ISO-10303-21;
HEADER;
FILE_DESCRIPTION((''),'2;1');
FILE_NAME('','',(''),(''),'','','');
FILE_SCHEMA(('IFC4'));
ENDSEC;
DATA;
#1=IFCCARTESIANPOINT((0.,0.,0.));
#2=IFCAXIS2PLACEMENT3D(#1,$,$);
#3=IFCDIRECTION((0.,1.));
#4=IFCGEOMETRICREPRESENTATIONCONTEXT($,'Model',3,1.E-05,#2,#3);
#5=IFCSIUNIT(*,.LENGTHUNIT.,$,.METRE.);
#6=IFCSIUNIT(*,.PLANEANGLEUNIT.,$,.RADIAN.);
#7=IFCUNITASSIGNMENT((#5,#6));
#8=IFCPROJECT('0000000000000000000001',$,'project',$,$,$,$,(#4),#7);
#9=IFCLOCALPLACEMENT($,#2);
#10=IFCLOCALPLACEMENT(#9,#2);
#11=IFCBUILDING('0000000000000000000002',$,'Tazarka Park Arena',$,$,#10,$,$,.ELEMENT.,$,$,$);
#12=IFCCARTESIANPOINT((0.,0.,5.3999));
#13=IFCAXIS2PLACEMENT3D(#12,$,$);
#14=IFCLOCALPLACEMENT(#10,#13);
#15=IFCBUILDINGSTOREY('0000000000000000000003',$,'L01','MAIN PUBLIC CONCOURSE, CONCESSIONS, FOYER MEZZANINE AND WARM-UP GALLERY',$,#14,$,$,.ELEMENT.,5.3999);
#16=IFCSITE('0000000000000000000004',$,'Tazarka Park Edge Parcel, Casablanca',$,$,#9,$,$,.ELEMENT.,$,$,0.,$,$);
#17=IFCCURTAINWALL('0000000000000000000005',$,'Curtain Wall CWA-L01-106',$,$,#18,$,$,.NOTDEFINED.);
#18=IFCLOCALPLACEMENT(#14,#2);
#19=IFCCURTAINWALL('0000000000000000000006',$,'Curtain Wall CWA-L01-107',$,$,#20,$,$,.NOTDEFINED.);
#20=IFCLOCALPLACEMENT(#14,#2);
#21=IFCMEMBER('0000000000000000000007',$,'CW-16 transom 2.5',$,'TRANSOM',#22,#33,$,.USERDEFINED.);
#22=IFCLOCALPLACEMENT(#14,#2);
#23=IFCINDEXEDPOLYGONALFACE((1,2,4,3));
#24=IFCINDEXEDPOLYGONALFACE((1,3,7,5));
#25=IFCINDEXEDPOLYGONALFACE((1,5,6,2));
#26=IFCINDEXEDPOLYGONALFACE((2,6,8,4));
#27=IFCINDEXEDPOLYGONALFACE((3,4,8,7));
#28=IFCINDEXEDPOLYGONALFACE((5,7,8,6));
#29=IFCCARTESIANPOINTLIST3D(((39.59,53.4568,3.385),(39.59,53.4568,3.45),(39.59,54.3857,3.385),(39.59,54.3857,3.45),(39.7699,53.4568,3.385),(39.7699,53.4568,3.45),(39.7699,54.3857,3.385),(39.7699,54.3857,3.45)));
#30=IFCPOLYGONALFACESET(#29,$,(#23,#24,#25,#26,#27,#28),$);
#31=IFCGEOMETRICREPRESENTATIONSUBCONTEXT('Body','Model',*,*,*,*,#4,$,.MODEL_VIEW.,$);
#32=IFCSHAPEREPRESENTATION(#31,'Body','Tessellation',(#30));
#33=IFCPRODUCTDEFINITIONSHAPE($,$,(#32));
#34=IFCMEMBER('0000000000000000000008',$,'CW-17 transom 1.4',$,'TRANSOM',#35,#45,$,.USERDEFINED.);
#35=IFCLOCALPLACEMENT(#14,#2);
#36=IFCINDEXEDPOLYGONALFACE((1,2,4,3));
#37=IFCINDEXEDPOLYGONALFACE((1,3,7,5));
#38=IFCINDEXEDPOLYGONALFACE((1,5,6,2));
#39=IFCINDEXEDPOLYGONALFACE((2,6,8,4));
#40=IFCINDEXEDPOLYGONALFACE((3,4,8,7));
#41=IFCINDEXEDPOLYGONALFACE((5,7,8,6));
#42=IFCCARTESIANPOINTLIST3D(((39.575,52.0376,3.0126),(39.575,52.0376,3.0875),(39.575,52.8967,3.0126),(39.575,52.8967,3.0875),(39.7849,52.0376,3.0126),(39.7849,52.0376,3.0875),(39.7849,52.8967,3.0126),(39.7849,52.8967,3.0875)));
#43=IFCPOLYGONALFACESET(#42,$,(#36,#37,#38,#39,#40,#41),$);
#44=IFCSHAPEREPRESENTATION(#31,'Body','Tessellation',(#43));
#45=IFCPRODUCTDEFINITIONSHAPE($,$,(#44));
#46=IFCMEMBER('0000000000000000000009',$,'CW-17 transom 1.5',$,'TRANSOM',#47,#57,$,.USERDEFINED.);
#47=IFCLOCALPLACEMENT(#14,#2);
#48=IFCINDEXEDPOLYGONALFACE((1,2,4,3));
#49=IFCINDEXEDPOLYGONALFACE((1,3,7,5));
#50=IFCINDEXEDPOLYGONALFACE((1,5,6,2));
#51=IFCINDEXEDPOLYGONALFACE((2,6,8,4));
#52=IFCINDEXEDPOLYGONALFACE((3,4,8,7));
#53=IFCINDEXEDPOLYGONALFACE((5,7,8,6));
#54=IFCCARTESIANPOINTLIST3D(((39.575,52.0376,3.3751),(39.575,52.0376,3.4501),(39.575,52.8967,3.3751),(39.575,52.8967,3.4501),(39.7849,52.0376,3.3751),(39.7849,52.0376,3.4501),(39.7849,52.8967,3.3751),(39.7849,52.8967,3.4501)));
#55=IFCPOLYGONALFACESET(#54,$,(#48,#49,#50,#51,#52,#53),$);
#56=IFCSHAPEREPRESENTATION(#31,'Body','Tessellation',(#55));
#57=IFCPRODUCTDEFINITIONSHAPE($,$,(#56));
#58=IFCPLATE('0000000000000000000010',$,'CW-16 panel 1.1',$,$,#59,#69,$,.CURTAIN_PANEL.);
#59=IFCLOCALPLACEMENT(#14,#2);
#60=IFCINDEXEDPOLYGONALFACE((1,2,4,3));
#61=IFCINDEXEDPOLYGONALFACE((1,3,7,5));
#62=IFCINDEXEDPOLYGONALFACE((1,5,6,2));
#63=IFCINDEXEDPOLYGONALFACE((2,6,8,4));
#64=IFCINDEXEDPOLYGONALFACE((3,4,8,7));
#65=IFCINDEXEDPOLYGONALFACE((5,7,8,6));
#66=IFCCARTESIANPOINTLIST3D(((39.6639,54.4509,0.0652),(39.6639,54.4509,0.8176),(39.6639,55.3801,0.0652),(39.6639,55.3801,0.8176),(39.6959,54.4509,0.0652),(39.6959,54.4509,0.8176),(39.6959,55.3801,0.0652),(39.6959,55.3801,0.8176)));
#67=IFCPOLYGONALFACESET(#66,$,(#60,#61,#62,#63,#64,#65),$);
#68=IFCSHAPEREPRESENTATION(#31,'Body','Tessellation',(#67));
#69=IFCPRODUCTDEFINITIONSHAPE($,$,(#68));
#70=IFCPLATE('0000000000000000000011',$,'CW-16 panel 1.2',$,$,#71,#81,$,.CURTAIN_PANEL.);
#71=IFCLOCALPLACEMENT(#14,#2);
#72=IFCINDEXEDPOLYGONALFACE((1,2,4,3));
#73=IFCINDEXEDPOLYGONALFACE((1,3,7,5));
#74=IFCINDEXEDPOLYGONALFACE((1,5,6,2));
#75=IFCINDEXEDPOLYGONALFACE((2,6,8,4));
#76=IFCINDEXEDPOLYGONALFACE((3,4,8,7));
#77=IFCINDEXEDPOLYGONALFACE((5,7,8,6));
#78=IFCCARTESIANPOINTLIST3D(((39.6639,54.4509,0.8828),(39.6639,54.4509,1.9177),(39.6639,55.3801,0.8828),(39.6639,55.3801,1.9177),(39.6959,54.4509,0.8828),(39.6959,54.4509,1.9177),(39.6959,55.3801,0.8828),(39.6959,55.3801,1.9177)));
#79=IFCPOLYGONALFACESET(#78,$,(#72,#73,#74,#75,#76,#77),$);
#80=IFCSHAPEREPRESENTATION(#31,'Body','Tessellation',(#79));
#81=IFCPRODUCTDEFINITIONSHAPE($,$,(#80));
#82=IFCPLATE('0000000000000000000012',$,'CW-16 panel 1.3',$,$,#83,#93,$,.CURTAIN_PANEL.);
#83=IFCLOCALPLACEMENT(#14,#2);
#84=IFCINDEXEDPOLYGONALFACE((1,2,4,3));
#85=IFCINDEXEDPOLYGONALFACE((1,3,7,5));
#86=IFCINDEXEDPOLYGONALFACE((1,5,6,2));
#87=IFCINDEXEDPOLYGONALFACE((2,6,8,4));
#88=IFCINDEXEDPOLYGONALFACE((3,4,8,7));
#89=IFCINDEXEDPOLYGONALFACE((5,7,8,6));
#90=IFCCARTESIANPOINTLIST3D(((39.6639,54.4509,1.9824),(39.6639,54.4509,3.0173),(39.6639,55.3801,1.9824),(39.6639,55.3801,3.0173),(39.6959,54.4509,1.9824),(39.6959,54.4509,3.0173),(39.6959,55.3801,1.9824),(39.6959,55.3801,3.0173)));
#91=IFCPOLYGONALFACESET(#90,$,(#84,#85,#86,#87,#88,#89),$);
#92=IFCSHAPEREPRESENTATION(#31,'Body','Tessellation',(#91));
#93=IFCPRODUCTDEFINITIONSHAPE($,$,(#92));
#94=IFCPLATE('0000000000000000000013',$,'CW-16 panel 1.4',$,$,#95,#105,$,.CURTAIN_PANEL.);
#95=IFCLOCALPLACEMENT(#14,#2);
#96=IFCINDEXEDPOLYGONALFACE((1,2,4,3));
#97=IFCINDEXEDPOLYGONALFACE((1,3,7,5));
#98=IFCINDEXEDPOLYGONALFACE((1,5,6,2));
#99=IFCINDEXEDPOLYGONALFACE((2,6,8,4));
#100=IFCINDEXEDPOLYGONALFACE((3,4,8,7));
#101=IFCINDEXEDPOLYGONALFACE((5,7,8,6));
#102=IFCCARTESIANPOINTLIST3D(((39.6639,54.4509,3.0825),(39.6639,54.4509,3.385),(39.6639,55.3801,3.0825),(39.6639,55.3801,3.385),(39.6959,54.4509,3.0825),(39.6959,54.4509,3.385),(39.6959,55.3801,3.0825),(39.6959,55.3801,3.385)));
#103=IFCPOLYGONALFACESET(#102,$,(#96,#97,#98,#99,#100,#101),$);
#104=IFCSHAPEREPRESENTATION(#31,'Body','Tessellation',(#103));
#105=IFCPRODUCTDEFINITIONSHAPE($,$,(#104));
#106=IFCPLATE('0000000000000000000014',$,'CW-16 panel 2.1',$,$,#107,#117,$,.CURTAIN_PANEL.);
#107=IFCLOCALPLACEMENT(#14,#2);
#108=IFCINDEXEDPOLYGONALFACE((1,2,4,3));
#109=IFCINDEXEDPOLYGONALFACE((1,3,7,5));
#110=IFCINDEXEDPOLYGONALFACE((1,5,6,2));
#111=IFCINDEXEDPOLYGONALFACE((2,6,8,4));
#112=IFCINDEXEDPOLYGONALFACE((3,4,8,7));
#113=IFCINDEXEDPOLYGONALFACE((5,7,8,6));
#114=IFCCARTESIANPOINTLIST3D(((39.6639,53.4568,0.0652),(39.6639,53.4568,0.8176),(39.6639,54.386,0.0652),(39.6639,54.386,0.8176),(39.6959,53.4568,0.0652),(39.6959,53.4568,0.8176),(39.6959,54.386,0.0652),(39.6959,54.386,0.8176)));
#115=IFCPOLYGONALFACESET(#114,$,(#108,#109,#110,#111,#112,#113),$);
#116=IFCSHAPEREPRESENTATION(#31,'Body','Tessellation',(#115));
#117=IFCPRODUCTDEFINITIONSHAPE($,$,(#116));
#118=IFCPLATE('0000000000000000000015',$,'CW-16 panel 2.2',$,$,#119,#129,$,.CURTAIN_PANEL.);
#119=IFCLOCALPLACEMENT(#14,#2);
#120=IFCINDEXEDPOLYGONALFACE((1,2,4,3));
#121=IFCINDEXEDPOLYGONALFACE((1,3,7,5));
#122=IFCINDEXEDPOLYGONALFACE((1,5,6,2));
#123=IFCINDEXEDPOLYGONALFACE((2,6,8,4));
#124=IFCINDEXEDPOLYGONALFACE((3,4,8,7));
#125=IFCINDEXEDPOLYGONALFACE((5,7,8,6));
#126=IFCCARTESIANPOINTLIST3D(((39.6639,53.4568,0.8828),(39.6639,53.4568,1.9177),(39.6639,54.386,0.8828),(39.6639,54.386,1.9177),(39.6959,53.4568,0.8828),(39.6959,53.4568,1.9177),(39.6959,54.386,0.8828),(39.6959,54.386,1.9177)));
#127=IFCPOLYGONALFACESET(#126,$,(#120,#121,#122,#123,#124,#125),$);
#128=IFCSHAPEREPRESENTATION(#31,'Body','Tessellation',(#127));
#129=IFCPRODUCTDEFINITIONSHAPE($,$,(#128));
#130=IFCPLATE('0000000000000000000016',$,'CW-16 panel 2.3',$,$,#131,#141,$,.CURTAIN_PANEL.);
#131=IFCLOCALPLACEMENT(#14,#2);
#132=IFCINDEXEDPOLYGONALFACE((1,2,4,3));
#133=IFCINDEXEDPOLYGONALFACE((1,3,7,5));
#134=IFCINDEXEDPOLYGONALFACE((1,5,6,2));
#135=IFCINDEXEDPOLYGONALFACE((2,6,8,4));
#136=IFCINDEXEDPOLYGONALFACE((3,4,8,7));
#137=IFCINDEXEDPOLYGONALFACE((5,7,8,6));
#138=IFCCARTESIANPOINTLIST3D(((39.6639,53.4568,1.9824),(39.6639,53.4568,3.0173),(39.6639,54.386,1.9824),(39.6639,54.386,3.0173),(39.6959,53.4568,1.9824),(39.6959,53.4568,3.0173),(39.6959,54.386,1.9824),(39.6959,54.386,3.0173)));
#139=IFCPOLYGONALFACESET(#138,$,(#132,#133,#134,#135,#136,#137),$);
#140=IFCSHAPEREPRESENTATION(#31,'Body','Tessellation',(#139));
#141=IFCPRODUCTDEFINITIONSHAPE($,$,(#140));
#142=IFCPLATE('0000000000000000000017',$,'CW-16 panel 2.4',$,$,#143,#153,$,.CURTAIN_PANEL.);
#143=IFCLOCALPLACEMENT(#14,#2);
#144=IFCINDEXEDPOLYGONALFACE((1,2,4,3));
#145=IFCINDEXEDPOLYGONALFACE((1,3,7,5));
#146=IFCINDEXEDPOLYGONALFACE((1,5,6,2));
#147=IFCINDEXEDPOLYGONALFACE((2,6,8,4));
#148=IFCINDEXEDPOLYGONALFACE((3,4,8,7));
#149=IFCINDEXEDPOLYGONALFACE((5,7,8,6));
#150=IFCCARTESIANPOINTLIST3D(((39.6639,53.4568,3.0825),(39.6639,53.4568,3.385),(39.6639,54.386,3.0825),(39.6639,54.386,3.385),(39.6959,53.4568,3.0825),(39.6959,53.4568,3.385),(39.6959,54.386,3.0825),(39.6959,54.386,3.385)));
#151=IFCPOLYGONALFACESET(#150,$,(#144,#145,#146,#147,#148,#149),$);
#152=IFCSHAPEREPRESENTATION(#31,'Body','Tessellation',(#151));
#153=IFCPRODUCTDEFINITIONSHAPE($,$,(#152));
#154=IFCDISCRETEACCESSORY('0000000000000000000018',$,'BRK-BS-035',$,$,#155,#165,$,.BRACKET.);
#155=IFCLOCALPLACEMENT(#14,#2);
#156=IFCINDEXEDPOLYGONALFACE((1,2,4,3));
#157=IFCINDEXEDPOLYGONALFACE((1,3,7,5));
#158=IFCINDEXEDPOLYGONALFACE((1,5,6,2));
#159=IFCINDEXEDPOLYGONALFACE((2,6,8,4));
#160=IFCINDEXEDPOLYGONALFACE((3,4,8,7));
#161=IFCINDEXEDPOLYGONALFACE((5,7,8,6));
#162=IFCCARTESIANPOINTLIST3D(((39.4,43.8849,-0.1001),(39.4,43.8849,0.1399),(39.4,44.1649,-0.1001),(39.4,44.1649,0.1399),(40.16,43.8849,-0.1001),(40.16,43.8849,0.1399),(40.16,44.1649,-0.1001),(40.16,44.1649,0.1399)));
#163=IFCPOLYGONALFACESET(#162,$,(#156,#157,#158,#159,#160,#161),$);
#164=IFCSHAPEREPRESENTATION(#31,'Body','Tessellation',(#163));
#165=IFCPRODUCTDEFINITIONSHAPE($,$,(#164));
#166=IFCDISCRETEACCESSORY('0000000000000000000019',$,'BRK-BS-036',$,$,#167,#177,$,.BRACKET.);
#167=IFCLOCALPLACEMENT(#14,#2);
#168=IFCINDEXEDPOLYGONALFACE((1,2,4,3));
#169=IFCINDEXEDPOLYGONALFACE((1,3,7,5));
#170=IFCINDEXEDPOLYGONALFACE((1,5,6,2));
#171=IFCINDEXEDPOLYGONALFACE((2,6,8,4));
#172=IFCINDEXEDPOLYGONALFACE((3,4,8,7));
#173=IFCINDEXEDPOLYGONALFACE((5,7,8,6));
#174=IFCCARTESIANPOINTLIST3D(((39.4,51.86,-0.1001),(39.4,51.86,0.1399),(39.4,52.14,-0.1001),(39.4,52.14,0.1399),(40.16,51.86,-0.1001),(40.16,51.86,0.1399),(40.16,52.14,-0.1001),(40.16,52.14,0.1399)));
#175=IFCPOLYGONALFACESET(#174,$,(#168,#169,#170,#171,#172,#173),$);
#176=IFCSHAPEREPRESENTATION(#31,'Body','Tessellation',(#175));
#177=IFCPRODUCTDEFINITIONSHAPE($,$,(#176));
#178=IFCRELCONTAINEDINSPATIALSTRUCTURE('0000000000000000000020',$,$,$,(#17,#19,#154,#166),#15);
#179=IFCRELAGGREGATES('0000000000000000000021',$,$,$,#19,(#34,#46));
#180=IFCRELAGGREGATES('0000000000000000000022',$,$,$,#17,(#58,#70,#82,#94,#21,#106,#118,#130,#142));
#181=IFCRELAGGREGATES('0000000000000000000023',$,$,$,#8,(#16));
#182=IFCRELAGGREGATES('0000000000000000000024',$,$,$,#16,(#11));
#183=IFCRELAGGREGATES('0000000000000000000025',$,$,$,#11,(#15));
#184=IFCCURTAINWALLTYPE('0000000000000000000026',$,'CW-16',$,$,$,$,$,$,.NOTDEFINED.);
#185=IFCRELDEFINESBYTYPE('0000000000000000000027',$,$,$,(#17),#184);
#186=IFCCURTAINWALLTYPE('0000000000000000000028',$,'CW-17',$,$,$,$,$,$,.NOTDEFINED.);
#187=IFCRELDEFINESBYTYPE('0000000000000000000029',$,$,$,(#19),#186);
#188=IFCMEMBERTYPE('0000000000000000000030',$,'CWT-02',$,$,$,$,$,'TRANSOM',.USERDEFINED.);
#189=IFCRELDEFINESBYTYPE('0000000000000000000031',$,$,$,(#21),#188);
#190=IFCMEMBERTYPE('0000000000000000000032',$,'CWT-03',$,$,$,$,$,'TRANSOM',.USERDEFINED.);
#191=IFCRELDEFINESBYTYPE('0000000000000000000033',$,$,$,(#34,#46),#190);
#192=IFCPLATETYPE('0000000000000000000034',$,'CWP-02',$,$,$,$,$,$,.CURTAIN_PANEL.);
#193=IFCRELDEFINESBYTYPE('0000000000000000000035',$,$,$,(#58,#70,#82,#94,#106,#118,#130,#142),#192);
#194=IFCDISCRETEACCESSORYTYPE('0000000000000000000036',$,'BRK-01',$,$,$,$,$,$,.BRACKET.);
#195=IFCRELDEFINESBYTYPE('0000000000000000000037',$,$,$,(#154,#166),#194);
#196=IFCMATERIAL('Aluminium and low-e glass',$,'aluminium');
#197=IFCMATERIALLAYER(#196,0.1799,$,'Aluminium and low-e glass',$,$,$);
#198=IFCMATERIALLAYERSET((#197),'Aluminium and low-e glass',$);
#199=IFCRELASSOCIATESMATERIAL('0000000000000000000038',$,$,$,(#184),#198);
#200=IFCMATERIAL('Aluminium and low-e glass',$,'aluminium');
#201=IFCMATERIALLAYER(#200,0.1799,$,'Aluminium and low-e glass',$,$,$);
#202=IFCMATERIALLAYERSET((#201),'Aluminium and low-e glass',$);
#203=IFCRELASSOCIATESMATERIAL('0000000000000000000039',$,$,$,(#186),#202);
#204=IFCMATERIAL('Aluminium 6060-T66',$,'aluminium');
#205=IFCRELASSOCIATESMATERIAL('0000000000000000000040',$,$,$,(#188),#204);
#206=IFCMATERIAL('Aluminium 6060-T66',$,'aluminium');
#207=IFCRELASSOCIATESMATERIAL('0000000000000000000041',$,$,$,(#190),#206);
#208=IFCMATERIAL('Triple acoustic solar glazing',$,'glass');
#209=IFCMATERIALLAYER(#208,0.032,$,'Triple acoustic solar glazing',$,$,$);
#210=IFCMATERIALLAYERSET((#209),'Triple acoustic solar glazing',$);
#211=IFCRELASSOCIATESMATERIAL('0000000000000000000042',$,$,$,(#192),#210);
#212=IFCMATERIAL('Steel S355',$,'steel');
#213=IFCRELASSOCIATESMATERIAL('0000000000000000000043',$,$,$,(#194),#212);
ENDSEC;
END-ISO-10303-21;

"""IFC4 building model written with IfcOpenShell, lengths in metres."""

from ifc_helpers import new_model, si_unit, direction, frame, origin, origin_2d, place, context, subcontext, project, spatial, rectangle, extrude, material, layer, layer_set, material_profile, profile_set, type_object, element, aggregate, save


model = new_model("IFC4")

# Units and contexts
model_context = context("Model", 3, precision=1e-05, world=origin(), true_north=direction((0.0, 1.0)))
body_context = subcontext(model_context, "Body", "Model", "MODEL_VIEW")
ifc_project = project(units=[si_unit("LENGTHUNIT", "METRE"), si_unit("PLANEANGLEUNIT", "RADIAN")], contexts=[model_context])

# Site, building, storey
site_placement = place(None, origin())
site = spatial("IfcSite", under=ifc_project, at=site_placement, Name="Tazarka Park Edge Parcel, Casablanca", CompositionType="ELEMENT", RefElevation=0.0)
building_placement = place(site_placement, origin())
building = spatial("IfcBuilding", under=site, at=building_placement, Name="Tazarka Park Arena", CompositionType="ELEMENT")
storey_placement = place(building_placement, frame((0.0, 0.0, 5.3999)))
storey = spatial("IfcBuildingStorey", under=building, at=storey_placement, Name="L01", Description="MAIN PUBLIC CONCOURSE, CONCESSIONS, FOYER MEZZANINE AND WARM-UP GALLERY", CompositionType="ELEMENT", Elevation=5.3999)

# Curtain wall
ifc_material_1 = material(Name="Aluminium and low-e glass", Category="aluminium")
ifc_layer_1 = layer(ifc_material_1, 0.1799, Name="Aluminium and low-e glass")
ifc_layer_set_1 = layer_set([ifc_layer_1], Name="Aluminium and low-e glass")
curtain_wall_type_1 = type_object("IfcCurtainWallType", Name="CW-16", PredefinedType="NOTDEFINED", material=ifc_layer_set_1)
curtain_wall_1_placement = place(storey_placement, origin())
curtain_wall_1 = element("IfcCurtainWall", 1, at=curtain_wall_1_placement, inside=storey, type_object=curtain_wall_type_1, Name="Curtain Wall CWA-L01-106", PredefinedType="NOTDEFINED")

# Curtain wall
ifc_material_2 = material(Name="Aluminium and low-e glass", Category="aluminium")
ifc_layer_2 = layer(ifc_material_2, 0.1799, Name="Aluminium and low-e glass")
ifc_layer_set_2 = layer_set([ifc_layer_2], Name="Aluminium and low-e glass")
curtain_wall_type_2 = type_object("IfcCurtainWallType", Name="CW-17", PredefinedType="NOTDEFINED", material=ifc_layer_set_2)
curtain_wall_2_placement = place(storey_placement, origin())
curtain_wall_2 = element("IfcCurtainWall", 2, at=curtain_wall_2_placement, inside=storey, type_object=curtain_wall_type_2, Name="Curtain Wall CWA-L01-107", PredefinedType="NOTDEFINED")

# Members
ifc_material_3 = material(Name="Aluminium 6060-T66", Category="aluminium")
ifc_material_profile_1 = material_profile(ifc_material_3, rectangle(XDim=0.1799, YDim=0.0649, at=origin_2d()), Name="Aluminium 6060-T66")
ifc_profile_set_1 = profile_set([ifc_material_profile_1], Name="Aluminium 6060-T66")
member_type_1 = type_object("IfcMemberType", Name="CWT-02", ElementType="TRANSOM", PredefinedType="USERDEFINED", material=ifc_profile_set_1)
member_1_placement = place(storey_placement, frame((39.6799, 54.3857, 3.4175), z_axis=(0.0, -1.0, 0.0), x_axis=(1.0, 0.0, 0.0)))
member_1 = element("IfcMember", 3, at=member_1_placement, type_object=member_type_1, Name="CW-16 transom 2.5", ObjectType="TRANSOM", PredefinedType="USERDEFINED", context=body_context, shape_type="SweptSolid", body=[
    extrude(rectangle(XDim=0.1799, YDim=0.0649, at=origin_2d()), origin(), (0.0, 0.0, 1.0), 0.929),
])
ifc_material_4 = material(Name="Aluminium 6060-T66", Category="aluminium")
ifc_material_profile_2 = material_profile(ifc_material_4, rectangle(XDim=0.21, YDim=0.075, at=origin_2d()), Name="Aluminium 6060-T66")
ifc_profile_set_2 = profile_set([ifc_material_profile_2], Name="Aluminium 6060-T66")
member_type_2 = type_object("IfcMemberType", Name="CWT-03", ElementType="TRANSOM", PredefinedType="USERDEFINED", material=ifc_profile_set_2)
member_2_placement = place(storey_placement, frame((39.6799, 52.8967, 3.05), z_axis=(0.0, -1.0, 0.0), x_axis=(1.0, 0.0, 0.0)))
member_2 = element("IfcMember", 4, at=member_2_placement, type_object=member_type_2, Name="CW-17 transom 1.4", ObjectType="TRANSOM", PredefinedType="USERDEFINED", context=body_context, shape_type="SweptSolid", body=[
    extrude(rectangle(XDim=0.21, YDim=0.075, at=origin_2d()), origin(), (0.0, 0.0, 1.0), 0.8591),
])
member_3_placement = place(storey_placement, frame((39.6799, 52.8967, 3.4126), z_axis=(0.0, -1.0, 0.0), x_axis=(1.0, 0.0, 0.0)))
member_3 = element("IfcMember", 5, at=member_3_placement, type_object=member_type_2, Name="CW-17 transom 1.5", ObjectType="TRANSOM", PredefinedType="USERDEFINED", context=body_context, shape_type="SweptSolid", body=[
    extrude(rectangle(XDim=0.21, YDim=0.075, at=origin_2d()), origin(), (0.0, 0.0, 1.0), 0.8591),
])
aggregate(curtain_wall_2, [member_2, member_3])

# Plates
ifc_material_5 = material(Name="Triple acoustic solar glazing", Category="glass")
ifc_layer_3 = layer(ifc_material_5, 0.032, Name="Triple acoustic solar glazing")
ifc_layer_set_3 = layer_set([ifc_layer_3], Name="Triple acoustic solar glazing")
plate_type = type_object("IfcPlateType", Name="CWP-02", PredefinedType="CURTAIN_PANEL", material=ifc_layer_set_3)
plate_1_placement = place(storey_placement, frame((39.6799, 54.9155, 0.0652), z_axis=(0.0, 0.0, 1.0), x_axis=(0.0, -1.0, 0.0)))
plate_1 = element("IfcPlate", 6, at=plate_1_placement, type_object=plate_type, Name="CW-16 panel 1.1", PredefinedType="CURTAIN_PANEL", context=body_context, shape_type="SweptSolid", body=[
    extrude(rectangle(XDim=0.9292, YDim=0.032, at=origin_2d()), origin(), (0.0, 0.0, 1.0), 0.7524),
])
plate_2_placement = place(storey_placement, frame((39.6799, 54.9155, 0.8828), z_axis=(0.0, 0.0, 1.0), x_axis=(0.0, -1.0, 0.0)))
plate_2 = element("IfcPlate", 7, at=plate_2_placement, type_object=plate_type, Name="CW-16 panel 1.2", PredefinedType="CURTAIN_PANEL", context=body_context, shape_type="SweptSolid", body=[
    extrude(rectangle(XDim=0.9292, YDim=0.032, at=origin_2d()), origin(), (0.0, 0.0, 1.0), 1.0349),
])
plate_3_placement = place(storey_placement, frame((39.6799, 54.9155, 1.9824), z_axis=(0.0, 0.0, 1.0), x_axis=(0.0, -1.0, 0.0)))
plate_3 = element("IfcPlate", 8, at=plate_3_placement, type_object=plate_type, Name="CW-16 panel 1.3", PredefinedType="CURTAIN_PANEL", context=body_context, shape_type="SweptSolid", body=[
    extrude(rectangle(XDim=0.9292, YDim=0.032, at=origin_2d()), origin(), (0.0, 0.0, 1.0), 1.0349),
])
plate_4_placement = place(storey_placement, frame((39.6799, 54.9155, 3.0825), z_axis=(0.0, 0.0, 1.0), x_axis=(0.0, -1.0, 0.0)))
plate_4 = element("IfcPlate", 9, at=plate_4_placement, type_object=plate_type, Name="CW-16 panel 1.4", PredefinedType="CURTAIN_PANEL", context=body_context, shape_type="SweptSolid", body=[
    extrude(rectangle(XDim=0.9292, YDim=0.032, at=origin_2d()), origin(), (0.0, 0.0, 1.0), 0.3025),
])
plate_5_placement = place(storey_placement, frame((39.6799, 53.9214, 0.0652), z_axis=(0.0, 0.0, 1.0), x_axis=(0.0, -1.0, 0.0)))
plate_5 = element("IfcPlate", 10, at=plate_5_placement, type_object=plate_type, Name="CW-16 panel 2.1", PredefinedType="CURTAIN_PANEL", context=body_context, shape_type="SweptSolid", body=[
    extrude(rectangle(XDim=0.9292, YDim=0.032, at=origin_2d()), origin(), (0.0, 0.0, 1.0), 0.7524),
])
plate_6_placement = place(storey_placement, frame((39.6799, 53.9214, 0.8828), z_axis=(0.0, 0.0, 1.0), x_axis=(0.0, -1.0, 0.0)))
plate_6 = element("IfcPlate", 11, at=plate_6_placement, type_object=plate_type, Name="CW-16 panel 2.2", PredefinedType="CURTAIN_PANEL", context=body_context, shape_type="SweptSolid", body=[
    extrude(rectangle(XDim=0.9292, YDim=0.032, at=origin_2d()), origin(), (0.0, 0.0, 1.0), 1.0349),
])
plate_7_placement = place(storey_placement, frame((39.6799, 53.9214, 1.9824), z_axis=(0.0, 0.0, 1.0), x_axis=(0.0, -1.0, 0.0)))
plate_7 = element("IfcPlate", 12, at=plate_7_placement, type_object=plate_type, Name="CW-16 panel 2.3", PredefinedType="CURTAIN_PANEL", context=body_context, shape_type="SweptSolid", body=[
    extrude(rectangle(XDim=0.9292, YDim=0.032, at=origin_2d()), origin(), (0.0, 0.0, 1.0), 1.0349),
])
plate_8_placement = place(storey_placement, frame((39.6799, 53.9214, 3.0825), z_axis=(0.0, 0.0, 1.0), x_axis=(0.0, -1.0, 0.0)))
plate_8 = element("IfcPlate", 13, at=plate_8_placement, type_object=plate_type, Name="CW-16 panel 2.4", PredefinedType="CURTAIN_PANEL", context=body_context, shape_type="SweptSolid", body=[
    extrude(rectangle(XDim=0.9292, YDim=0.032, at=origin_2d()), origin(), (0.0, 0.0, 1.0), 0.3025),
])
aggregate(curtain_wall_1, [plate_1, plate_2, plate_3, plate_4, member_1, plate_5, plate_6, plate_7, plate_8])

# Discrete accessories
ifc_material_6 = material(Name="Steel S355", Category="steel")
discrete_accessory_type = type_object("IfcDiscreteAccessoryType", Name="BRK-01", PredefinedType="BRACKET", material=ifc_material_6)
for number, where, z_axis, x_axis, name in (
    (14, (39.78, 44.0249, -0.1001), (0.0, 0.0, 1.0), (0.0, -1.0, 0.0), "BRK-BS-035"),
    (15, (39.78, 52.0, -0.1001), (0.0, 0.0, 1.0), (0.0, -1.0, 0.0), "BRK-BS-036"),
):
    element("IfcDiscreteAccessory", number, at=place(storey_placement, frame(where, z_axis=z_axis, x_axis=x_axis)), inside=storey, type_object=discrete_accessory_type, Name=name, PredefinedType="BRACKET", context=body_context, shape_type="SweptSolid", body=[
        extrude(rectangle(XDim=0.28, YDim=0.76, at=origin_2d()), origin(), (0.0, 0.0, 1.0), 0.24),
    ])

save(model, "model.ifc")
